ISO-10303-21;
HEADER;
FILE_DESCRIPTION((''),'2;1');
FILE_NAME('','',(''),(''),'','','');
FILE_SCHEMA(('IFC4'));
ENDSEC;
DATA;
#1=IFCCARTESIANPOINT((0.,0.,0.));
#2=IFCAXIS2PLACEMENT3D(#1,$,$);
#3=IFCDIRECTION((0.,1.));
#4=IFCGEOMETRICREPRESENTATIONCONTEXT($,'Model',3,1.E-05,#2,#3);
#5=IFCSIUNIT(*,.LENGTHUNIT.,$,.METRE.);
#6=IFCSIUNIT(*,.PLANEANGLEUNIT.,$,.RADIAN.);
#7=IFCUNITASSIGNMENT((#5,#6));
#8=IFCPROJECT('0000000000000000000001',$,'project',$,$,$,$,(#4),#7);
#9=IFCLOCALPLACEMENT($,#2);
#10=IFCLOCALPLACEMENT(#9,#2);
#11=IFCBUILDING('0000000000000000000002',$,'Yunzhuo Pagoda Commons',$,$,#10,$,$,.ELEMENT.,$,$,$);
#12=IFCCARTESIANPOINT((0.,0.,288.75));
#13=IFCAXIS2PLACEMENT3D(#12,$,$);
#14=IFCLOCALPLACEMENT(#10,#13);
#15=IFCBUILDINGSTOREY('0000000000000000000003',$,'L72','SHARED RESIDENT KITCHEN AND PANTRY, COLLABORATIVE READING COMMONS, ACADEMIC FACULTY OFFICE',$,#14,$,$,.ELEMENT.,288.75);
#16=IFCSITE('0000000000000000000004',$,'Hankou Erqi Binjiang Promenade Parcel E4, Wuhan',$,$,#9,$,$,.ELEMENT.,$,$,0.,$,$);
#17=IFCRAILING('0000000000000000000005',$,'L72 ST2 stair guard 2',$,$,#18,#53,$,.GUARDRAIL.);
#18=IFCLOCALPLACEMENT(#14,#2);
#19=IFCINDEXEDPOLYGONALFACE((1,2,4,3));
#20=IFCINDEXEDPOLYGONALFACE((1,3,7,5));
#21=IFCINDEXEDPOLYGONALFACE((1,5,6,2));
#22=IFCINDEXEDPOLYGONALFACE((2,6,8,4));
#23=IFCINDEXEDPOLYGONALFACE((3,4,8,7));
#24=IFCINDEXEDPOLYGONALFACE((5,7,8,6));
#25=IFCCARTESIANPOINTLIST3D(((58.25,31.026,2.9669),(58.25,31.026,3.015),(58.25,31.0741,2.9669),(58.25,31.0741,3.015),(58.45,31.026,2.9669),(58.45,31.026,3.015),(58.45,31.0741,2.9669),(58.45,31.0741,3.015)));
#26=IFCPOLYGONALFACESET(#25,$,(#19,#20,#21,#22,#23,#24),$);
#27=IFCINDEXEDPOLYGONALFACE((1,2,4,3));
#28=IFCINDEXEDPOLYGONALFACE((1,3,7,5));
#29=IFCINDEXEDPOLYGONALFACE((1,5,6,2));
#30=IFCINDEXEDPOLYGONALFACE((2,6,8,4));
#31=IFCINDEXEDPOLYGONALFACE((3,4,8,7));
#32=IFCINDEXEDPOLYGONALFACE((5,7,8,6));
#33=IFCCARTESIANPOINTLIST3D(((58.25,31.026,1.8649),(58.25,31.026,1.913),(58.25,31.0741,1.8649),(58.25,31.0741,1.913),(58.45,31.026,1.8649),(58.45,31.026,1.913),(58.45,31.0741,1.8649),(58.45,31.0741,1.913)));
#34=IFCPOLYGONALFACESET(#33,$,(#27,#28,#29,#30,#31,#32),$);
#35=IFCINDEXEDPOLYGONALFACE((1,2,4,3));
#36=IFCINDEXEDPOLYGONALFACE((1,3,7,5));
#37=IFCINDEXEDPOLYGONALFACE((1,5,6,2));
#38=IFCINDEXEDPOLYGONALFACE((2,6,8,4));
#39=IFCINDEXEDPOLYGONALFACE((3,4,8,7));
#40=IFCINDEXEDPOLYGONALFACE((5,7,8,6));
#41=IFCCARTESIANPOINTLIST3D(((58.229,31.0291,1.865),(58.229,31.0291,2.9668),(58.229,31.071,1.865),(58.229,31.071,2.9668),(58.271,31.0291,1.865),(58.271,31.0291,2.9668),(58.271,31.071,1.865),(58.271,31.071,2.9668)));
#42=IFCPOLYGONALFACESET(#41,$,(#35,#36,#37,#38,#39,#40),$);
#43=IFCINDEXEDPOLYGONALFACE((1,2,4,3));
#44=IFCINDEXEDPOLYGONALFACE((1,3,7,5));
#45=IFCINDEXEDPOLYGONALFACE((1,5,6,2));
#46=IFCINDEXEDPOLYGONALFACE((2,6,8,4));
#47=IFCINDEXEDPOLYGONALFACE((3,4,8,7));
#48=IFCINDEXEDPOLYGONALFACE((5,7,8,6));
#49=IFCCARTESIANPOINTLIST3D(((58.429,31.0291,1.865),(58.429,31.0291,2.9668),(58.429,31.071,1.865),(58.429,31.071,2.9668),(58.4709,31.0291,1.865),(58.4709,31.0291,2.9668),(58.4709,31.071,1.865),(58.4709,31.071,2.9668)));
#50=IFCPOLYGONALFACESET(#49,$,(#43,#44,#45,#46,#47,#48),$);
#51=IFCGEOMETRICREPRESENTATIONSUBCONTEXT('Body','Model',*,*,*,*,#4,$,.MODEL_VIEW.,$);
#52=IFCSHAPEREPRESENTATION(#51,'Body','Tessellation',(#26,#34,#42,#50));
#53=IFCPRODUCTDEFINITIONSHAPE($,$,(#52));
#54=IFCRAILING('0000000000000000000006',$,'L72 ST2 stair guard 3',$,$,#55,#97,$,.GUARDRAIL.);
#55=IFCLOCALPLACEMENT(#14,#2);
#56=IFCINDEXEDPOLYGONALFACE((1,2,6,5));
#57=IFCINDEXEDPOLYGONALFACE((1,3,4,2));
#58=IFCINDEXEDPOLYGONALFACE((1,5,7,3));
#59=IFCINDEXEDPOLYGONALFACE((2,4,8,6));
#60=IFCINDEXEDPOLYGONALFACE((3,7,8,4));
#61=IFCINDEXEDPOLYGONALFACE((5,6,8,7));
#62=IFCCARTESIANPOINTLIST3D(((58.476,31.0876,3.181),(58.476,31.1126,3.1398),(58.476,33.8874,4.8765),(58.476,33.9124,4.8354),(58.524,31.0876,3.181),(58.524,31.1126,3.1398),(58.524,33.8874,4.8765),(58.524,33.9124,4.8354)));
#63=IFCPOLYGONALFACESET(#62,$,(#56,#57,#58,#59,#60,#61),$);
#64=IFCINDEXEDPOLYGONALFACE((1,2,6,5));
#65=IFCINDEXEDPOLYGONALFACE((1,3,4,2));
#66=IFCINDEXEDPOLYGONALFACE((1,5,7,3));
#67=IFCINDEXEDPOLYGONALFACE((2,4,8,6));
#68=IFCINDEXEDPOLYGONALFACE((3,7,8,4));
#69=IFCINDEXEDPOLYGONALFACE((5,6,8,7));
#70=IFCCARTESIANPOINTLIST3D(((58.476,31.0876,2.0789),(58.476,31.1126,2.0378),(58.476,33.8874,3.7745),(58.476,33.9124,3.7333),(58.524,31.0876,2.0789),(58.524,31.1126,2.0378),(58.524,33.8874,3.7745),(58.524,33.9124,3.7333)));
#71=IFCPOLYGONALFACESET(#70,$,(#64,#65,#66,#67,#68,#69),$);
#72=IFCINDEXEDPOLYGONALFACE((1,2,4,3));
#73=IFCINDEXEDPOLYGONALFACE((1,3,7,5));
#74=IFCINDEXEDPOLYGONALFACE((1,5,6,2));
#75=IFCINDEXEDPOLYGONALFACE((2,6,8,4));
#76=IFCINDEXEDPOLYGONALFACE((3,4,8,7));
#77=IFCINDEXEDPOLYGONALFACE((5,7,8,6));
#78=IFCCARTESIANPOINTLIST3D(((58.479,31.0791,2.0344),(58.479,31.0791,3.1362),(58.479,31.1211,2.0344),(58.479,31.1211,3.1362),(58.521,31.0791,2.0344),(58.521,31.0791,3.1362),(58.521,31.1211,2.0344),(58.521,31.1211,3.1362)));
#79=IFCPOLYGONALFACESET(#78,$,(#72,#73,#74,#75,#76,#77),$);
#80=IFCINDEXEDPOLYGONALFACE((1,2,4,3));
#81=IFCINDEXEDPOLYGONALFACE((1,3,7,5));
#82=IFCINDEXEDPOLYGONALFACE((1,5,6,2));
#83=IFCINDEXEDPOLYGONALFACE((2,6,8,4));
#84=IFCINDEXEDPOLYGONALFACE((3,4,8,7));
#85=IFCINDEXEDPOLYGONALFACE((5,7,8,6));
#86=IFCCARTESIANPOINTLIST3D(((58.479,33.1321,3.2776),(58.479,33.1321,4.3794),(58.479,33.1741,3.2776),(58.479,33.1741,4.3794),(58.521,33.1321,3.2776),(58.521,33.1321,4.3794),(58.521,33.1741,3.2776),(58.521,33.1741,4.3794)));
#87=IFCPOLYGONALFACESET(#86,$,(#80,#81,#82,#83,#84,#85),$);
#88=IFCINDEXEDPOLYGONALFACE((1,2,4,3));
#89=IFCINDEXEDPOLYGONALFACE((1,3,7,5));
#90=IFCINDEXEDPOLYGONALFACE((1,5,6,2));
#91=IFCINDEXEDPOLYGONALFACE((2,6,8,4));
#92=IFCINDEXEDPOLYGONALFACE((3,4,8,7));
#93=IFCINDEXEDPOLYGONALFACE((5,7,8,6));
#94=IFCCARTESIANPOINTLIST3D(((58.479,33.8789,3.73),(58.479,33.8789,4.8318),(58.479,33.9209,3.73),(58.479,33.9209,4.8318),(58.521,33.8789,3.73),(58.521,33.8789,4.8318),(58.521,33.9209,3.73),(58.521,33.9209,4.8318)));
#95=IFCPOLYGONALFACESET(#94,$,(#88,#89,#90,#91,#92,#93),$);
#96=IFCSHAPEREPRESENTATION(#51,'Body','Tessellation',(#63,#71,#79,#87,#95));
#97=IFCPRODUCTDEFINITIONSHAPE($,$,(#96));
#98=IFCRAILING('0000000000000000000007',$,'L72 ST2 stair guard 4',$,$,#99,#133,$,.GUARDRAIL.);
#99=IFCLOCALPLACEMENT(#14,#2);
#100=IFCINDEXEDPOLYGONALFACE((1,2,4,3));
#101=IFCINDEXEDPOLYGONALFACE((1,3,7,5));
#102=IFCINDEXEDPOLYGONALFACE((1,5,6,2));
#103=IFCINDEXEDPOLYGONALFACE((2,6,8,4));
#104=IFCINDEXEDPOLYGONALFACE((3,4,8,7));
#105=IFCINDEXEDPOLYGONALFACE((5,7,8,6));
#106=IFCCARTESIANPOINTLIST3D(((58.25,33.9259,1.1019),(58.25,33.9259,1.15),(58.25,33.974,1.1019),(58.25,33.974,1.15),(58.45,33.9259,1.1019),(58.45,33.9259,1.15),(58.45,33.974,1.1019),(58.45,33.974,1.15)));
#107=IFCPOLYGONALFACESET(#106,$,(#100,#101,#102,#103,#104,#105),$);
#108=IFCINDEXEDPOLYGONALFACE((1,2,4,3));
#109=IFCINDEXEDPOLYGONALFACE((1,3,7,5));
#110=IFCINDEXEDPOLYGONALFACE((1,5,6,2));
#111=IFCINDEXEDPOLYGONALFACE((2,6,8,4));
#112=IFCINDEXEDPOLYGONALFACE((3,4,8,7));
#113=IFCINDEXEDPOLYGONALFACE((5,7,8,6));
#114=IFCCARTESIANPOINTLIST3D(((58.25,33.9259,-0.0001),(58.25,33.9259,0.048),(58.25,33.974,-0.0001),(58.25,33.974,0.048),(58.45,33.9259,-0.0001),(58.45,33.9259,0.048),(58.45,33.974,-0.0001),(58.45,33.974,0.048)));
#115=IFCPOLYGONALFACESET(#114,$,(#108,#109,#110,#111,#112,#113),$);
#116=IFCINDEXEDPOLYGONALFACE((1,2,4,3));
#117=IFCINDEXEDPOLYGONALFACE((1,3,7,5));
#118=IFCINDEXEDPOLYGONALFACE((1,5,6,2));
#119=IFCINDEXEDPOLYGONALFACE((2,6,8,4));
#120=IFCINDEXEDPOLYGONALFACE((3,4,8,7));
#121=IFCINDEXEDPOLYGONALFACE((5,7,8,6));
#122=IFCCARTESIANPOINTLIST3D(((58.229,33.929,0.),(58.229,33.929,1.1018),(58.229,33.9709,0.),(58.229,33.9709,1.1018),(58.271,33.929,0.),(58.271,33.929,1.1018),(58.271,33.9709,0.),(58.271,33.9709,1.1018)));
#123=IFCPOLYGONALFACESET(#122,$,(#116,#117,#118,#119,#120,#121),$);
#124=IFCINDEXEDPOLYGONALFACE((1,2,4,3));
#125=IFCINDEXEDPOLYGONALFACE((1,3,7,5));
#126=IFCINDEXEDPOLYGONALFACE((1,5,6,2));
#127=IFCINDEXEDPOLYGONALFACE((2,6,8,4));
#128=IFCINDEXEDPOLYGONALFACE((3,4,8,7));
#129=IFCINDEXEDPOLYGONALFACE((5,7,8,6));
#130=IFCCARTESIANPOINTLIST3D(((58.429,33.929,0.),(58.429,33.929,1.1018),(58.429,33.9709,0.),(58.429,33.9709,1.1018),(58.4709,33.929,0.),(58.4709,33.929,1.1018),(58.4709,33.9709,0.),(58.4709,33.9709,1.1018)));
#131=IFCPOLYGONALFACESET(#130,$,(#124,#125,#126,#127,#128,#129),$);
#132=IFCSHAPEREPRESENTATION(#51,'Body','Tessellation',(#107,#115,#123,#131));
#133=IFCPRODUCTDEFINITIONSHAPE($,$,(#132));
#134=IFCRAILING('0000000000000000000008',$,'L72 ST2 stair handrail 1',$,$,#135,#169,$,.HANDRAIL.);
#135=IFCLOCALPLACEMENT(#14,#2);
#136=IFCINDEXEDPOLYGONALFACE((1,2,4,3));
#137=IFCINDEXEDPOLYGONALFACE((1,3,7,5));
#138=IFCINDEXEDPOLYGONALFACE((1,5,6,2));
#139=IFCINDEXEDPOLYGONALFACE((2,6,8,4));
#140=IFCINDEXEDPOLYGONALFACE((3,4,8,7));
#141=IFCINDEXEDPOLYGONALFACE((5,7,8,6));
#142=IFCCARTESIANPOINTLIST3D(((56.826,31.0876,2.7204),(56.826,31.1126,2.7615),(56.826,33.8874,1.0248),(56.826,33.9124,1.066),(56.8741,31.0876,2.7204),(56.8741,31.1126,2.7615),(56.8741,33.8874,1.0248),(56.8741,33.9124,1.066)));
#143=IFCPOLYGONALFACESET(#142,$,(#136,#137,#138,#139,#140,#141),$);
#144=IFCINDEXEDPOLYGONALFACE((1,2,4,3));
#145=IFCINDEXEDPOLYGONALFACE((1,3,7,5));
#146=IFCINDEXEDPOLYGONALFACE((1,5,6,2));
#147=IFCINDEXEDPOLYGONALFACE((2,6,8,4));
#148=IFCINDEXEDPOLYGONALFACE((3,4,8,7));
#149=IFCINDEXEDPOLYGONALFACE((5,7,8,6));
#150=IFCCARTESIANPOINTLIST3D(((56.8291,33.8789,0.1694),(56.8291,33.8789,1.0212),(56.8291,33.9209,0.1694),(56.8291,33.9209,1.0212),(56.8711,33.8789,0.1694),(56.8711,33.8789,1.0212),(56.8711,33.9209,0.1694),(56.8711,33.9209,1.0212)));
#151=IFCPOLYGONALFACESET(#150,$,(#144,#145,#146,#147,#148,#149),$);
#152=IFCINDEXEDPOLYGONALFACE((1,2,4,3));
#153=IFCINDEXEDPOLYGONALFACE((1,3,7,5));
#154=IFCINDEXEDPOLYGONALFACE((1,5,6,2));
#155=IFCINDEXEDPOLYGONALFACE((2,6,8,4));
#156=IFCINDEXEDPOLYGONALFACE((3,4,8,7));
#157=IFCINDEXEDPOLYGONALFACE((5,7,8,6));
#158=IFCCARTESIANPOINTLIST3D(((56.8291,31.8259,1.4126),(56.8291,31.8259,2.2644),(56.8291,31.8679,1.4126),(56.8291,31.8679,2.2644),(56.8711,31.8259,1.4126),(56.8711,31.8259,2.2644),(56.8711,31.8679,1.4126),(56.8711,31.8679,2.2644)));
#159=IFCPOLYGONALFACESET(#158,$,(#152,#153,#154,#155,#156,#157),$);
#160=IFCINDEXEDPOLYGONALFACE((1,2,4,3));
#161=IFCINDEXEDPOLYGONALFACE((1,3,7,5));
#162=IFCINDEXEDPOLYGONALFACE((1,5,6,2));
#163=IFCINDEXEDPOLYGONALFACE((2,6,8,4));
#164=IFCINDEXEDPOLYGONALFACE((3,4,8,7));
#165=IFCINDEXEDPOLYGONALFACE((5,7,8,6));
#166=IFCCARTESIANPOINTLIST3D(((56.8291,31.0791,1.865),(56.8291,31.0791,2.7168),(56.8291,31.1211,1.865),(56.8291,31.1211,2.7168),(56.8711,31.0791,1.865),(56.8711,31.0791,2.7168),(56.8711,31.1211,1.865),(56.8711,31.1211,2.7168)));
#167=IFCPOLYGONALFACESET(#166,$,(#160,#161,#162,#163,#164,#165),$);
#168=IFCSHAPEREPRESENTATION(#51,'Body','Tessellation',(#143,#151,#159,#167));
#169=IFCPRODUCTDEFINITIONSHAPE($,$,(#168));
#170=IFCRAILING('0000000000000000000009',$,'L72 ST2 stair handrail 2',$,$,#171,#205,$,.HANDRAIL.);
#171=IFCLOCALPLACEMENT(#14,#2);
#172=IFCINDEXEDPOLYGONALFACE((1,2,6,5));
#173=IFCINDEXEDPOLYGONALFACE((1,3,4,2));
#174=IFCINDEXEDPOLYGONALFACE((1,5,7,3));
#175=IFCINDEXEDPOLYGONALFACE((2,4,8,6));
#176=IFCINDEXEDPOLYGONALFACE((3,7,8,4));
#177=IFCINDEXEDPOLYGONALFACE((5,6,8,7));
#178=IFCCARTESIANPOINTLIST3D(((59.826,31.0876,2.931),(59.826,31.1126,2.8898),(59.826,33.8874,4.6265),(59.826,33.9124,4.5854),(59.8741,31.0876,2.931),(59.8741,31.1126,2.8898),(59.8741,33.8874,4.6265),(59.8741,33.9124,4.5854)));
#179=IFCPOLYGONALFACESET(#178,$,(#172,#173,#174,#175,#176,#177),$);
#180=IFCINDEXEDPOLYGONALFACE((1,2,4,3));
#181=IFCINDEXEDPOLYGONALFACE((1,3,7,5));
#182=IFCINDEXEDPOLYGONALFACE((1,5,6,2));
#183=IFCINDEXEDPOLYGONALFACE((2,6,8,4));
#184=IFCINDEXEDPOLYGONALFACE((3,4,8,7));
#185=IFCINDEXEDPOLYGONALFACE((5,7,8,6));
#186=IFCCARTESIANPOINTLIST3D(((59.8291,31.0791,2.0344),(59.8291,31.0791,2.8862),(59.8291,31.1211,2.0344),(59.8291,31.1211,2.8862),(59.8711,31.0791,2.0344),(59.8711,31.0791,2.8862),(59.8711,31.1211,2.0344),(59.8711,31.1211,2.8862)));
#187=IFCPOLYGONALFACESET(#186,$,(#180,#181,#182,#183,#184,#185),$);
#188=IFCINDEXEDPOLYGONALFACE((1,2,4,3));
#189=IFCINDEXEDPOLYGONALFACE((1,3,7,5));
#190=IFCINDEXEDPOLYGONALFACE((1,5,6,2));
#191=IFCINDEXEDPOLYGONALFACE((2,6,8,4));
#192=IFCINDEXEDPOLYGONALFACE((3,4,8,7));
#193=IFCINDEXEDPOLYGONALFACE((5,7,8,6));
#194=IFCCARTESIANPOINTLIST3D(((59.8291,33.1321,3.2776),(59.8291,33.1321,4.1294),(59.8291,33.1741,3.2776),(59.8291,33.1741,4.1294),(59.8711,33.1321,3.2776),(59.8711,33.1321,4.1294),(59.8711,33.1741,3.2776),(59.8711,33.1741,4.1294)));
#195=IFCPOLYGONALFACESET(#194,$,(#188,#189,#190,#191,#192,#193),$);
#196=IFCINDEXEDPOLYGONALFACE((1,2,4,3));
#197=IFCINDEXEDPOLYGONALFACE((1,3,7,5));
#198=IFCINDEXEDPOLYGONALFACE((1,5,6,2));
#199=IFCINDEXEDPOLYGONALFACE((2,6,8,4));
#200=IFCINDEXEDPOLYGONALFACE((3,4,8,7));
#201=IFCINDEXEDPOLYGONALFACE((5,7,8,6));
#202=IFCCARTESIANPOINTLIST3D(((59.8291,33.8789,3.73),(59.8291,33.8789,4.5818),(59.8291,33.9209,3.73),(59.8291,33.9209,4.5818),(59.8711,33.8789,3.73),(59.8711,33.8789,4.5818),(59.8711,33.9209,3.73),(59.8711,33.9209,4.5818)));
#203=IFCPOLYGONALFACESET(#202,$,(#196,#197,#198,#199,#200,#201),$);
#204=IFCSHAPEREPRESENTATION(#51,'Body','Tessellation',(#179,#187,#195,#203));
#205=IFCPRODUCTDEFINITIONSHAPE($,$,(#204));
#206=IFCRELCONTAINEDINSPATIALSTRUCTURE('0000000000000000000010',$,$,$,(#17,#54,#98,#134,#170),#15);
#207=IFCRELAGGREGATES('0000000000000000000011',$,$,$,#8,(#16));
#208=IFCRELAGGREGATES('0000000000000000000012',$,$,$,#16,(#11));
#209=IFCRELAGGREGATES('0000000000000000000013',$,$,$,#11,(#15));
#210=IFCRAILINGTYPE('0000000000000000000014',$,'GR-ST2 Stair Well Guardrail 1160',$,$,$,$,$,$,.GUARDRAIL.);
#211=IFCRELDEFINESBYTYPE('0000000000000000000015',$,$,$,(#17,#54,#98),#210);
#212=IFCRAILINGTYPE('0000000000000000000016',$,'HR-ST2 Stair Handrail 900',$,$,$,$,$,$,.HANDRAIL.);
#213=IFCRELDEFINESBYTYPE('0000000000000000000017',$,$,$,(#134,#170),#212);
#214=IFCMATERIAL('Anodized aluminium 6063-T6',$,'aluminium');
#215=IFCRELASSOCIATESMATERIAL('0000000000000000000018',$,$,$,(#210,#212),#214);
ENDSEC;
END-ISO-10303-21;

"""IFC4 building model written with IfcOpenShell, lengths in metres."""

from ifc_helpers import new_model, si_unit, direction, frame, origin, origin_2d, place, context, subcontext, project, spatial, rectangle, extrude, material, type_object, element, save


model = new_model("IFC4")

# Units and contexts
model_context = context("Model", 3, precision=1e-05, world=origin(), true_north=direction((0.0, 1.0)))
body_context = subcontext(model_context, "Body", "Model", "MODEL_VIEW")
ifc_project = project(units=[si_unit("LENGTHUNIT", "METRE"), si_unit("PLANEANGLEUNIT", "RADIAN")], contexts=[model_context])

# Site, building, storey
site_placement = place(None, origin())
site = spatial("IfcSite", under=ifc_project, at=site_placement, Name="Hankou Erqi Binjiang Promenade Parcel E4, Wuhan", CompositionType="ELEMENT", RefElevation=0.0)
building_placement = place(site_placement, origin())
building = spatial("IfcBuilding", under=site, at=building_placement, Name="Yunzhuo Pagoda Commons", CompositionType="ELEMENT")
storey_placement = place(building_placement, frame((0.0, 0.0, 288.75)))
storey = spatial("IfcBuildingStorey", under=building, at=storey_placement, Name="L72", Description="SHARED RESIDENT KITCHEN AND PANTRY, COLLABORATIVE READING COMMONS, ACADEMIC FACULTY OFFICE", CompositionType="ELEMENT", Elevation=288.75)

# Railings
ifc_material_1 = material(Name="Anodized aluminium 6063-T6", Category="aluminium")
railing_type_1 = type_object("IfcRailingType", Name="GR-ST2 Stair Well Guardrail 1160", PredefinedType="GUARDRAIL", material=ifc_material_1)
railing_1_placement = place(storey_placement, frame((58.25, 31.05, 1.865)))
element("IfcRailing", 1, at=railing_1_placement, inside=storey, type_object=railing_type_1, Name="L72 ST2 stair guard 2", PredefinedType="GUARDRAIL", context=body_context, shape_type="SweptSolid", body=[
    extrude(rectangle(XDim=0.0481, YDim=0.0481, at=origin_2d()), frame((0.0, 0.0, 1.126), z_axis=(1.0, 0.0, 0.0), x_axis=(0.0, 1.0, 0.0)), (0.0, 0.0, 1.0), 0.2),
    extrude(rectangle(XDim=0.0481, YDim=0.0481, at=origin_2d()), frame((0.0, 0.0, 0.0239), z_axis=(1.0, 0.0, 0.0), x_axis=(0.0, 1.0, 0.0)), (0.0, 0.0, 1.0), 0.2),
    extrude(rectangle(XDim=0.042, YDim=0.042, at=origin_2d()), origin(), (0.0, 0.0, 1.0), 1.1018),
    extrude(rectangle(XDim=0.042, YDim=0.042, at=origin_2d()), frame((0.2, 0.0, 0.0)), (0.0, 0.0, 1.0), 1.1018),
])
railing_2_placement = place(storey_placement, frame((58.5, 31.1001, 2.0344)))
element("IfcRailing", 2, at=railing_2_placement, inside=storey, type_object=railing_type_1, Name="L72 ST2 stair guard 3", PredefinedType="GUARDRAIL", context=body_context, shape_type="SweptSolid", body=[
    extrude(rectangle(XDim=0.0481, YDim=0.0481, at=origin_2d()), frame((0.0, 0.0, 1.126), z_axis=(0.0, 0.855373, 0.518012), x_axis=(-1.0, 0.0, 0.0)), (0.0, 0.0, 1.0), 3.2732),
    extrude(rectangle(XDim=0.0481, YDim=0.0481, at=origin_2d()), frame((0.0, 0.0, 0.0239), z_axis=(0.0, 0.855373, 0.518012), x_axis=(-1.0, 0.0, 0.0)), (0.0, 0.0, 1.0), 3.2732),
    extrude(rectangle(XDim=0.042, YDim=0.042, at=origin_2d()), origin(), (0.0, 0.0, 1.0), 1.1018),
    extrude(rectangle(XDim=0.042, YDim=0.042, at=origin_2d()), frame((0.0, 2.053, 1.2432)), (0.0, 0.0, 1.0), 1.1018),
    extrude(rectangle(XDim=0.042, YDim=0.042, at=origin_2d()), frame((0.0, 2.7998, 1.6956)), (0.0, 0.0, 1.0), 1.1018),
])
railing_3_placement = place(storey_placement, frame((58.25, 33.95, 0.0)))
element("IfcRailing", 3, at=railing_3_placement, inside=storey, type_object=railing_type_1, Name="L72 ST2 stair guard 4", PredefinedType="GUARDRAIL", context=body_context, shape_type="SweptSolid", body=[
    extrude(rectangle(XDim=0.0481, YDim=0.0481, at=origin_2d()), frame((0.0, 0.0, 1.126), z_axis=(1.0, 0.0, 0.0), x_axis=(0.0, 1.0, 0.0)), (0.0, 0.0, 1.0), 0.2),
    extrude(rectangle(XDim=0.0481, YDim=0.0481, at=origin_2d()), frame((0.0, 0.0, 0.0239), z_axis=(1.0, 0.0, 0.0), x_axis=(0.0, 1.0, 0.0)), (0.0, 0.0, 1.0), 0.2),
    extrude(rectangle(XDim=0.042, YDim=0.042, at=origin_2d()), origin(), (0.0, 0.0, 1.0), 1.1018),
    extrude(rectangle(XDim=0.042, YDim=0.042, at=origin_2d()), frame((0.2, 0.0, 0.0)), (0.0, 0.0, 1.0), 1.1018),
])
railing_type_2 = type_object("IfcRailingType", Name="HR-ST2 Stair Handrail 900", PredefinedType="HANDRAIL", material=ifc_material_1)
railing_4_placement = place(storey_placement, frame((56.8501, 33.8999, 0.1694)))
element("IfcRailing", 4, at=railing_4_placement, inside=storey, type_object=railing_type_2, Name="L72 ST2 stair handrail 1", PredefinedType="HANDRAIL", context=body_context, shape_type="SweptSolid", body=[
    extrude(rectangle(XDim=0.0481, YDim=0.0481, at=origin_2d()), frame((0.0, 0.0, 0.876), z_axis=(0.0, -0.855373, 0.518012), x_axis=(1.0, 0.0, 0.0)), (0.0, 0.0, 1.0), 3.2732),
    extrude(rectangle(XDim=0.042, YDim=0.042, at=origin_2d()), origin(), (0.0, 0.0, 1.0), 0.8518),
    extrude(rectangle(XDim=0.042, YDim=0.042, at=origin_2d()), frame((0.0, -2.053, 1.2432)), (0.0, 0.0, 1.0), 0.8518),
    extrude(rectangle(XDim=0.042, YDim=0.042, at=origin_2d()), frame((0.0, -2.7998, 1.6956)), (0.0, 0.0, 1.0), 0.8518),
])
railing_5_placement = place(storey_placement, frame((59.8501, 31.1001, 2.0344)))
element("IfcRailing", 5, at=railing_5_placement, inside=storey, type_object=railing_type_2, Name="L72 ST2 stair handrail 2", PredefinedType="HANDRAIL", context=body_context, shape_type="SweptSolid", body=[
    extrude(rectangle(XDim=0.0481, YDim=0.0481, at=origin_2d()), frame((0.0, 0.0, 0.876), z_axis=(0.0, 0.855373, 0.518012), x_axis=(-1.0, 0.0, 0.0)), (0.0, 0.0, 1.0), 3.2732),
    extrude(rectangle(XDim=0.042, YDim=0.042, at=origin_2d()), origin(), (0.0, 0.0, 1.0), 0.8518),
    extrude(rectangle(XDim=0.042, YDim=0.042, at=origin_2d()), frame((0.0, 2.053, 1.2432)), (0.0, 0.0, 1.0), 0.8518),
    extrude(rectangle(XDim=0.042, YDim=0.042, at=origin_2d()), frame((0.0, 2.7998, 1.6956)), (0.0, 0.0, 1.0), 0.8518),
])

save(model, "model.ifc")
